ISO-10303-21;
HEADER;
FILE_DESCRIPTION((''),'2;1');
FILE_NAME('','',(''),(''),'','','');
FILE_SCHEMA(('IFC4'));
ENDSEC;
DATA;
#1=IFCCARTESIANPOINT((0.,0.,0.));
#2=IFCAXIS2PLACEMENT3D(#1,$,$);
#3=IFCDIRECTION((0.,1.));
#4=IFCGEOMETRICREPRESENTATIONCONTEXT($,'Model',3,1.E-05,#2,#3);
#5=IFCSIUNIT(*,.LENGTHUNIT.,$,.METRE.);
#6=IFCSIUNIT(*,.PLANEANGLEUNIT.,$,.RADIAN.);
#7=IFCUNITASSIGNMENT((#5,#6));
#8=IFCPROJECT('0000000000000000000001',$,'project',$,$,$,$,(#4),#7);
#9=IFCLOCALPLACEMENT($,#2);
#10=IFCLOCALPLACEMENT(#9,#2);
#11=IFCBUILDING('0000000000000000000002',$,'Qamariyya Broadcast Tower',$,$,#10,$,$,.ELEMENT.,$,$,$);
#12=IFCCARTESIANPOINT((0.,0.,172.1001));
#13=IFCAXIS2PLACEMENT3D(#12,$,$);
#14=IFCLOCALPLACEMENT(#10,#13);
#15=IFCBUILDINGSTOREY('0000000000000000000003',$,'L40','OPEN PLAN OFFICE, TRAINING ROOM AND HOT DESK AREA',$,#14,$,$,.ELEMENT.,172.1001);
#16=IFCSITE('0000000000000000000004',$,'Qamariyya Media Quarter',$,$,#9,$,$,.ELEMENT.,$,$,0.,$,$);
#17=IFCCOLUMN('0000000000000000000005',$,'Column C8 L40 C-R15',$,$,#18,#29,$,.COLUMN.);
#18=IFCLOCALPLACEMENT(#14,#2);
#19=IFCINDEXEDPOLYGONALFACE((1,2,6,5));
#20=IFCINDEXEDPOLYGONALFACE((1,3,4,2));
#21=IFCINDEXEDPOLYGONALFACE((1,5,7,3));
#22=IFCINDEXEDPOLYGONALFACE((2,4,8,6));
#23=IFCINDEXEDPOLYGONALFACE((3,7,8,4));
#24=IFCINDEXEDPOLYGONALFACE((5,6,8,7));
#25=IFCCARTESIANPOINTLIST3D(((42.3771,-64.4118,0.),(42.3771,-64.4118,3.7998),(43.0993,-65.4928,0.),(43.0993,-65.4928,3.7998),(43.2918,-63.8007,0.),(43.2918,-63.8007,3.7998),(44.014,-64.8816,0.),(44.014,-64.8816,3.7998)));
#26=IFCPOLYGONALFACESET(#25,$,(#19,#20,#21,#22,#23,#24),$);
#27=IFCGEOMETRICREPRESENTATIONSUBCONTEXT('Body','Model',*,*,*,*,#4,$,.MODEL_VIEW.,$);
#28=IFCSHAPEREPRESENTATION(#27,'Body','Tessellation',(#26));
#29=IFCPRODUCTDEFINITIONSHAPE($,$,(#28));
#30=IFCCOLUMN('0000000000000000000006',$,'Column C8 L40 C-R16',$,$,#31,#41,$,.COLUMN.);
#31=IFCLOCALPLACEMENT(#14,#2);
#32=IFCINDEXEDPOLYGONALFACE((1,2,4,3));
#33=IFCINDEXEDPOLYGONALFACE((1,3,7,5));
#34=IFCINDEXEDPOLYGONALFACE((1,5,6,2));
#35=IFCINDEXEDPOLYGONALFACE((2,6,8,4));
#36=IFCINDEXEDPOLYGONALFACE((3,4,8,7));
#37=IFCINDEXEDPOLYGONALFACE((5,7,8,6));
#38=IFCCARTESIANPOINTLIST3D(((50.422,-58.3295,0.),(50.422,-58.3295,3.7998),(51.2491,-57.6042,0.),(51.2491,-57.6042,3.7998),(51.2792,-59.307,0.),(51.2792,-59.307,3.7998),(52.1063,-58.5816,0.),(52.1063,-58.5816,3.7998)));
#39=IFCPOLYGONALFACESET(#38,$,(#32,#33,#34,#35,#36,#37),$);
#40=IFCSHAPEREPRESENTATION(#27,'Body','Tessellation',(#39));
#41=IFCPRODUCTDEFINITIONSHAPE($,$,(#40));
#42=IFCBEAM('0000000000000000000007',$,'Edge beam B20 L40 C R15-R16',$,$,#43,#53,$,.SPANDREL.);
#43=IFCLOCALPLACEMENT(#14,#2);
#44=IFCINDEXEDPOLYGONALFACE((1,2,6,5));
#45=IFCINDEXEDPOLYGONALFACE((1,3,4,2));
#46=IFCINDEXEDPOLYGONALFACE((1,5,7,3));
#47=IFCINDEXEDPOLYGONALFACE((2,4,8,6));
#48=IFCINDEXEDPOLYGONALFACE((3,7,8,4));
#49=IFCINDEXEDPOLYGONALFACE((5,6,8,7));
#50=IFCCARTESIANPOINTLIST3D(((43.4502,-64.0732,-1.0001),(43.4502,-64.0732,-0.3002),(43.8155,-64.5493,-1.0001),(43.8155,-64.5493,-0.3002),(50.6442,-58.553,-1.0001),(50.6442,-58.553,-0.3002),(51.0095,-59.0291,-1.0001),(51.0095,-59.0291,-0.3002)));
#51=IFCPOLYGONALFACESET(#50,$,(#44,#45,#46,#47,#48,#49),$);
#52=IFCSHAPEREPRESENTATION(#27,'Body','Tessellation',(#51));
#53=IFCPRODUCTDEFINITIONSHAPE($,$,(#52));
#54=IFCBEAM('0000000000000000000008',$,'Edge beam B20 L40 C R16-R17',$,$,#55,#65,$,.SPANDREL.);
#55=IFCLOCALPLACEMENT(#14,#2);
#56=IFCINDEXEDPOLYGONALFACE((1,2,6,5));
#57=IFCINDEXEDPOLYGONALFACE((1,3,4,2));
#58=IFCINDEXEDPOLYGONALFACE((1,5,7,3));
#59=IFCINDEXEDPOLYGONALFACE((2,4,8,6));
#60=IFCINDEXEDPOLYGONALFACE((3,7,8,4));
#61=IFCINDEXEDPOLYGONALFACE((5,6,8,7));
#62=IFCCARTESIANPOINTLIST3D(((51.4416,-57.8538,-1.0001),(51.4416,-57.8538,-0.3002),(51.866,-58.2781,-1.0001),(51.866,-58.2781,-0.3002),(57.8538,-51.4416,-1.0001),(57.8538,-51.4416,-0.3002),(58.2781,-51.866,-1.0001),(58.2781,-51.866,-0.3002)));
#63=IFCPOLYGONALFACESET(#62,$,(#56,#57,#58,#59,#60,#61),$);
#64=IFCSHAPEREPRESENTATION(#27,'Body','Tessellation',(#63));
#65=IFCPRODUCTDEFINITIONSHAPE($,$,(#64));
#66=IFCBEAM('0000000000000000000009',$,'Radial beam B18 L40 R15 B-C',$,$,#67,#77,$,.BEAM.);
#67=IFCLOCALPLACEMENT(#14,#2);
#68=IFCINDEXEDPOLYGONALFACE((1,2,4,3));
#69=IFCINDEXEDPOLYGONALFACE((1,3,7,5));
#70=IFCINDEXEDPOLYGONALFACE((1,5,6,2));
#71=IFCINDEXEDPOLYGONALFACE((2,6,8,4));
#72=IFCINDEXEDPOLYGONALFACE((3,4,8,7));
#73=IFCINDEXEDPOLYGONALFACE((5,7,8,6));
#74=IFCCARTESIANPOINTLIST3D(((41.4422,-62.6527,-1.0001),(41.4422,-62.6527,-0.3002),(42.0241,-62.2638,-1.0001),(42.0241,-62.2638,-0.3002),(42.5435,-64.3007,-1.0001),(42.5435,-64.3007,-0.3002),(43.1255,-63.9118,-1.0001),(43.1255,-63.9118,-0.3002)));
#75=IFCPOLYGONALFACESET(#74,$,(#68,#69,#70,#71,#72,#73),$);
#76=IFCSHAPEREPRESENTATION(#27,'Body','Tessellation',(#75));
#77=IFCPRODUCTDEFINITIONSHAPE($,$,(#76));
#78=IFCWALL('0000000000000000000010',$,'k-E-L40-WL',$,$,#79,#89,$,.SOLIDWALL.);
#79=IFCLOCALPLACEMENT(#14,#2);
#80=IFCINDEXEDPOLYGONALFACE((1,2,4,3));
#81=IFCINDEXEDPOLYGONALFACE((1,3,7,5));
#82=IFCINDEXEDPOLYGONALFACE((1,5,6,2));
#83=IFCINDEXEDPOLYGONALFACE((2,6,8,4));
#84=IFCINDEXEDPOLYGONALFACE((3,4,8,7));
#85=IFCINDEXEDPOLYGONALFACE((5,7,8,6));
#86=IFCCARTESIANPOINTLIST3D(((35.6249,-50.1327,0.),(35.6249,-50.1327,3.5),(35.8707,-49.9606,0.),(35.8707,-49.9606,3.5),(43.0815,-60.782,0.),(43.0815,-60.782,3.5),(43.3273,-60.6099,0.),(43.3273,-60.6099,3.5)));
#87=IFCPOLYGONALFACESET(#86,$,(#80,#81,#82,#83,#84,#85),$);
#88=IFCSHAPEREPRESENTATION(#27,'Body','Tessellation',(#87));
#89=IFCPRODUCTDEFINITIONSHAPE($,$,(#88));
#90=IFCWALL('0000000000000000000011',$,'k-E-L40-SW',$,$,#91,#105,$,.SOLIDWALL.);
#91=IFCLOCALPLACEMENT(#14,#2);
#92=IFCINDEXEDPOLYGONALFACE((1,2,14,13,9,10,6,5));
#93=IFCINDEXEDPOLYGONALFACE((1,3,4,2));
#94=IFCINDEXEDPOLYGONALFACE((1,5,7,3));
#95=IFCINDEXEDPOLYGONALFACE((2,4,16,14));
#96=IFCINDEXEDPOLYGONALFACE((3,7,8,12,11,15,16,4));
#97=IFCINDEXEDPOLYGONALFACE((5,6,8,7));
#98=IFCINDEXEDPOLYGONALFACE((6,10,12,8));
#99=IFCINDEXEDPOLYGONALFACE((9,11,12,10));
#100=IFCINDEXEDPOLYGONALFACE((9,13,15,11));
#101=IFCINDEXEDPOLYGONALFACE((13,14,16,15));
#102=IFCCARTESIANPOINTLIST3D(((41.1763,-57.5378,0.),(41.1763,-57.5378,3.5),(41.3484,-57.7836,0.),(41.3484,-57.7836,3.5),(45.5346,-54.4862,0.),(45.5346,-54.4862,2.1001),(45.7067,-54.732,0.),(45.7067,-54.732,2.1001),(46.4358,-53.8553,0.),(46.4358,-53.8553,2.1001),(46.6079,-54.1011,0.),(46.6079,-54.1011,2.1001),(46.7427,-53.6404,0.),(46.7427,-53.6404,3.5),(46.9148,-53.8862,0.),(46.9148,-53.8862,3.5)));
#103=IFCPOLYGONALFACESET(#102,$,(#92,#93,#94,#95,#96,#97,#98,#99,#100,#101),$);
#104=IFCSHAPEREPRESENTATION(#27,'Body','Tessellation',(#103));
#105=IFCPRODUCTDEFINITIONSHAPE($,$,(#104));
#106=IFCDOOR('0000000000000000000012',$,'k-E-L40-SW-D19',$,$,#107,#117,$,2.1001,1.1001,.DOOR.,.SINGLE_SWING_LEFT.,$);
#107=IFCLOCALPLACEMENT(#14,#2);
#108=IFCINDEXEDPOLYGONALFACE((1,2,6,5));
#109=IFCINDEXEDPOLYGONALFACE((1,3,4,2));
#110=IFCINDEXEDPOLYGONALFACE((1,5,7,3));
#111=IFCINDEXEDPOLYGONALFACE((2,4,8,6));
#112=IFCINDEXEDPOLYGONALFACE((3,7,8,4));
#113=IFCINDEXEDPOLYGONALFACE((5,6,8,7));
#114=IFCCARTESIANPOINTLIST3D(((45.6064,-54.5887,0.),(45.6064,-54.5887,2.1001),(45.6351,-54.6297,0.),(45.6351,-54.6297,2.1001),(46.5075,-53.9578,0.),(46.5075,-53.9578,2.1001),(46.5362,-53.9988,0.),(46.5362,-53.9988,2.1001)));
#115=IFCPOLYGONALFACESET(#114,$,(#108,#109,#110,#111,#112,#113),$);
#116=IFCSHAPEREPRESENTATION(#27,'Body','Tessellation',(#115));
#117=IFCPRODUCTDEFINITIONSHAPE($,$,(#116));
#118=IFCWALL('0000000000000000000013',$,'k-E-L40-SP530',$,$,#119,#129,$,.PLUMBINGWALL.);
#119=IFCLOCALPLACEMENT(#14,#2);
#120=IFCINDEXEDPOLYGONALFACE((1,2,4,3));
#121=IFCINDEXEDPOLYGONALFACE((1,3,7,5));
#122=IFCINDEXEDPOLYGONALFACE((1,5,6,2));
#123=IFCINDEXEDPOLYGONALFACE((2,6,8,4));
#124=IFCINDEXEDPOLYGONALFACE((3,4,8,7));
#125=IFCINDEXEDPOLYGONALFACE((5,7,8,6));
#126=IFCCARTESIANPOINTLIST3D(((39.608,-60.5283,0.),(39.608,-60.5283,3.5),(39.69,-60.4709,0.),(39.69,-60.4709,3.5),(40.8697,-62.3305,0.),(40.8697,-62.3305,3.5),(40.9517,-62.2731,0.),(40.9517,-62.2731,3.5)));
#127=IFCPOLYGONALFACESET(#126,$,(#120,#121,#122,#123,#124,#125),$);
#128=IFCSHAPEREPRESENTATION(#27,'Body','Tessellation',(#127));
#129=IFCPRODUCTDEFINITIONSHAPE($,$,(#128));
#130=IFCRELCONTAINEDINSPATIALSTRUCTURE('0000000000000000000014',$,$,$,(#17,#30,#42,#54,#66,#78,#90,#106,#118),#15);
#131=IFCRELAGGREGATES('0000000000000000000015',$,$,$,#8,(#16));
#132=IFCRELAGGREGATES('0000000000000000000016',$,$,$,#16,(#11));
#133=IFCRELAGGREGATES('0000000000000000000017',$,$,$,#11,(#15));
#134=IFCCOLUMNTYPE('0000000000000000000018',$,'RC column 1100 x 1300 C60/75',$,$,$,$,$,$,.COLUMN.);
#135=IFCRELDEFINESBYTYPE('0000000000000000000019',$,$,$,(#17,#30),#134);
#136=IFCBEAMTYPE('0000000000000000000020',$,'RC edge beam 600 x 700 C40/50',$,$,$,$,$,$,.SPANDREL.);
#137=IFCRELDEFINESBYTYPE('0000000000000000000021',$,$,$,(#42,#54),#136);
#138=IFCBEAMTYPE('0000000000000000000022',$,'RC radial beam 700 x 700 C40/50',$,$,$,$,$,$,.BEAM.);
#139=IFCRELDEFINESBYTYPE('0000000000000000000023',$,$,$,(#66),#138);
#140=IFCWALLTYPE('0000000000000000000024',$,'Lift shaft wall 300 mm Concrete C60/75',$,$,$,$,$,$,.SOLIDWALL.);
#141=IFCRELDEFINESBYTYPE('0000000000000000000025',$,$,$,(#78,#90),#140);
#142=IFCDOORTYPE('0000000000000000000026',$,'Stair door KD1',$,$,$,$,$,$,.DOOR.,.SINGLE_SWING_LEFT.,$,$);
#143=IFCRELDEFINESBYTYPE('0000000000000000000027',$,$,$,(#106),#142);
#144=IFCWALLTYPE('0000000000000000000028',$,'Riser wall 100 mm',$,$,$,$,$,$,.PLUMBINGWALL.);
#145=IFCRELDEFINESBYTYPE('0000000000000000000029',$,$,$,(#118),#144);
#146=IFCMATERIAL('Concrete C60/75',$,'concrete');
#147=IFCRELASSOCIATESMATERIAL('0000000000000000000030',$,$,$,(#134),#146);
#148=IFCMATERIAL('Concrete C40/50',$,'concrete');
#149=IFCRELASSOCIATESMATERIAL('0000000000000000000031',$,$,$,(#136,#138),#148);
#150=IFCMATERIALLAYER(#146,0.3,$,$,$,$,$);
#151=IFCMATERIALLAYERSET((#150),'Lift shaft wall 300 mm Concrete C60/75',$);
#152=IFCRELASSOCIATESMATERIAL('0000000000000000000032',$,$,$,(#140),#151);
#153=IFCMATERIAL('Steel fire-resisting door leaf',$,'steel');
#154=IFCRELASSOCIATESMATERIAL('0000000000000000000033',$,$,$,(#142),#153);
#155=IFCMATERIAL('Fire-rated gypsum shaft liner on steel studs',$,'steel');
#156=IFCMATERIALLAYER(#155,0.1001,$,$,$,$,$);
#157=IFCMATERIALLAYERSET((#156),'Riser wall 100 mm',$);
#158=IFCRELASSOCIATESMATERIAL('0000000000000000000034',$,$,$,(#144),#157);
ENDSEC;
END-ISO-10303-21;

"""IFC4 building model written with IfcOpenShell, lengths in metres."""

from ifc_helpers import new_model, si_unit, direction, frame, frame_2d, origin, origin_2d, place, context, subcontext, project, spatial, rectangle, extrude, material, layer, layer_set, material_profile, profile_set, type_object, element, fill, save


model = new_model("IFC4")

# Units and contexts
model_context = context("Model", 3, precision=1e-05, world=origin(), true_north=direction((0.0, 1.0)))
body_context = subcontext(model_context, "Body", "Model", "MODEL_VIEW")
ifc_project = project(units=[si_unit("LENGTHUNIT", "METRE"), si_unit("PLANEANGLEUNIT", "RADIAN")], contexts=[model_context])

# Site, building, storey
site_placement = place(None, origin())
site = spatial("IfcSite", under=ifc_project, at=site_placement, Name="Qamariyya Media Quarter", CompositionType="ELEMENT", RefElevation=0.0)
building_placement = place(site_placement, origin())
building = spatial("IfcBuilding", under=site, at=building_placement, Name="Qamariyya Broadcast Tower", CompositionType="ELEMENT")
storey_placement = place(building_placement, frame((0.0, 0.0, 172.1001)))
storey = spatial("IfcBuildingStorey", under=building, at=storey_placement, Name="L40", Description="OPEN PLAN OFFICE, TRAINING ROOM AND HOT DESK AREA", CompositionType="ELEMENT", Elevation=172.1001)

# Columns
ifc_material_1 = material(Name="Concrete C60/75", Category="concrete")
ifc_material_profile_1 = material_profile(ifc_material_1, rectangle(XDim=1.1001, YDim=1.3, at=origin_2d()))
ifc_profile_set_1 = profile_set([ifc_material_profile_1], Name="Concrete C60/75")
column_type = type_object("IfcColumnType", Name="RC column 1100 x 1300 C60/75", PredefinedType="COLUMN", material=ifc_profile_set_1)
for number, where, z_axis, x_axis, name in (
    (1, (43.1956, -64.6467, 0.0), (0.0, 0.0, 1.0), (0.83147, 0.55557, 0.0), "Column C8 L40 C-R15"),
    (2, (51.2642, -58.4556, 0.0), (0.0, 0.0, 1.0), (0.75184, 0.659346, 0.0), "Column C8 L40 C-R16"),
):
    element("IfcColumn", number, at=place(storey_placement, frame(where, z_axis=z_axis, x_axis=x_axis)), inside=storey, type_object=column_type, Name=name, PredefinedType="COLUMN", context=body_context, shape_type="SweptSolid", body=[
        extrude(rectangle(XDim=1.1001, YDim=1.3, at=origin_2d()), origin(), (0.0, 0.0, 1.0), 3.7998),
    ])

# Beams
ifc_material_2 = material(Name="Concrete C40/50", Category="concrete")
ifc_material_profile_2 = material_profile(ifc_material_2, rectangle(XDim=0.6001, YDim=0.7, at=origin_2d()))
ifc_profile_set_2 = profile_set([ifc_material_profile_2], Name="Concrete C40/50")
beam_type_1 = type_object("IfcBeamType", Name="RC edge beam 600 x 700 C40/50", PredefinedType="SPANDREL", material=ifc_profile_set_2)
beam_1_placement = place(storey_placement, frame((43.6328, -64.3113, -0.6501), z_axis=(0.793351, 0.608764, 0.0), x_axis=(-0.608764, 0.793351, 0.0)))
element("IfcBeam", 3, at=beam_1_placement, inside=storey, type_object=beam_type_1, Name="Edge beam B20 L40 C R15-R16", PredefinedType="SPANDREL", context=body_context, shape_type="SweptSolid", body=[
    extrude(rectangle(XDim=0.6001, YDim=0.7, at=origin_2d()), origin(), (0.0, 0.0, 1.0), 9.0679),
])
beam_2_placement = place(storey_placement, frame((51.6538, -58.0659, -0.6501), z_axis=(0.707107, 0.707107, 0.0), x_axis=(-0.707107, 0.707107, 0.0)))
element("IfcBeam", 4, at=beam_2_placement, inside=storey, type_object=beam_type_1, Name="Edge beam B20 L40 C R16-R17", PredefinedType="SPANDREL", context=body_context, shape_type="SweptSolid", body=[
    extrude(rectangle(XDim=0.6001, YDim=0.7, at=origin_2d()), origin(), (0.0, 0.0, 1.0), 9.0681),
])
ifc_material_profile_3 = material_profile(ifc_material_2, rectangle(XDim=0.7, YDim=0.7, at=origin_2d()))
ifc_profile_set_3 = profile_set([ifc_material_profile_3], Name="Concrete C40/50")
beam_type_2 = type_object("IfcBeamType", Name="RC radial beam 700 x 700 C40/50", PredefinedType="BEAM", material=ifc_profile_set_3)
beam_3_placement = place(storey_placement, frame((41.7332, -62.4583, -0.6501), z_axis=(0.555638, -0.831424, 0.0), x_axis=(0.831424, 0.555638, 0.0)))
element("IfcBeam", 5, at=beam_3_placement, inside=storey, type_object=beam_type_2, Name="Radial beam B18 L40 R15 B-C", PredefinedType="BEAM", context=body_context, shape_type="SweptSolid", body=[
    extrude(rectangle(XDim=0.7, YDim=0.7, at=origin_2d()), origin(), (0.0, 0.0, 1.0), 1.9822),
])

# Wall
ifc_layer_1 = layer(ifc_material_1, 0.3)
ifc_layer_set_1 = layer_set([ifc_layer_1], Name="Lift shaft wall 300 mm Concrete C60/75")
wall_type_1 = type_object("IfcWallType", Name="Lift shaft wall 300 mm Concrete C60/75", PredefinedType="SOLIDWALL", material=ifc_layer_set_1)
wall_1_placement = place(storey_placement, frame((43.2043, -60.6958, 0.0), z_axis=(0.0, 0.0, 1.0), x_axis=(-0.573572, 0.819155, 0.0)))
element("IfcWall", 6, at=wall_1_placement, inside=storey, type_object=wall_type_1, Name="k-E-L40-WL", PredefinedType="SOLIDWALL", context=body_context, shape_type="SweptSolid", body=[
    extrude(rectangle(XDim=13.0002, YDim=0.3, at=frame_2d((6.5, 0.0))), origin(), (0.0, 0.0, 1.0), 3.5),
])

# Wall, opening, door
wall_2_placement = place(storey_placement, frame((41.2625, -57.6606, 0.0), z_axis=(0.0, 0.0, 1.0), x_axis=(0.819164, 0.573559, 0.0)))
wall_2 = element("IfcWall", 7, at=wall_2_placement, inside=storey, type_object=wall_type_1, Name="k-E-L40-SW", PredefinedType="SOLIDWALL", context=body_context, shape_type="SweptSolid", body=[
    extrude(rectangle(XDim=6.7952, YDim=0.3, at=frame_2d((3.3975, 0.0))), origin(), (0.0, 0.0, 1.0), 3.5),
])
opening_placement = place(wall_2_placement, frame((5.3203, 0.0, 0.0)))
opening = element("IfcOpeningElement", 8, at=opening_placement, cuts=wall_2, PredefinedType="OPENING", context=body_context, shape_type="SweptSolid", body=[
    extrude(rectangle(XDim=1.1001, YDim=2.1001, at=frame_2d((0.55, 1.05))), frame((0.0, 0.1599, 0.0), z_axis=(0.0, -1.0, 0.0), x_axis=(1.0, 0.0, 0.0)), (0.0, 0.0, 1.0), 0.3201),
])
ifc_material_3 = material(Name="Steel fire-resisting door leaf", Category="steel")
door_type = type_object("IfcDoorType", Name="Stair door KD1", OperationType="SINGLE_SWING_LEFT", PredefinedType="DOOR", material=ifc_material_3)
door_placement = place(opening_placement, origin())
door = element("IfcDoor", 9, at=door_placement, inside=storey, type_object=door_type, Name="k-E-L40-SW-D19", OperationType="SINGLE_SWING_LEFT", OverallHeight=2.1001, OverallWidth=1.1001, PredefinedType="DOOR", context=body_context, shape_type="SweptSolid", body=[
    extrude(rectangle(XDim=1.1001, YDim=2.1001, at=frame_2d((0.55, 1.05))), frame((0.0, 0.0249, 0.0), z_axis=(0.0, -1.0, 0.0), x_axis=(1.0, 0.0, 0.0)), (0.0, 0.0, 1.0), 0.05),
])
fill(opening, door)

# Wall
ifc_material_4 = material(Name="Fire-rated gypsum shaft liner on steel studs", Category="steel")
ifc_layer_2 = layer(ifc_material_4, 0.1001)
ifc_layer_set_2 = layer_set([ifc_layer_2], Name="Riser wall 100 mm")
wall_type_2 = type_object("IfcWallType", Name="Riser wall 100 mm", PredefinedType="PLUMBINGWALL", material=ifc_layer_set_2)
wall_3_placement = place(storey_placement, frame((39.6489, -60.4995, 0.0), z_axis=(0.0, 0.0, 1.0), x_axis=(0.573507, -0.819201, 0.0)))
element("IfcWall", 10, at=wall_3_placement, inside=storey, type_object=wall_type_2, Name="k-E-L40-SP530", PredefinedType="PLUMBINGWALL", context=body_context, shape_type="SweptSolid", body=[
    extrude(rectangle(XDim=2.2, YDim=0.1001, at=frame_2d((1.1001, 0.0))), origin(), (0.0, 0.0, 1.0), 3.5),
])

save(model, "model.ifc")
